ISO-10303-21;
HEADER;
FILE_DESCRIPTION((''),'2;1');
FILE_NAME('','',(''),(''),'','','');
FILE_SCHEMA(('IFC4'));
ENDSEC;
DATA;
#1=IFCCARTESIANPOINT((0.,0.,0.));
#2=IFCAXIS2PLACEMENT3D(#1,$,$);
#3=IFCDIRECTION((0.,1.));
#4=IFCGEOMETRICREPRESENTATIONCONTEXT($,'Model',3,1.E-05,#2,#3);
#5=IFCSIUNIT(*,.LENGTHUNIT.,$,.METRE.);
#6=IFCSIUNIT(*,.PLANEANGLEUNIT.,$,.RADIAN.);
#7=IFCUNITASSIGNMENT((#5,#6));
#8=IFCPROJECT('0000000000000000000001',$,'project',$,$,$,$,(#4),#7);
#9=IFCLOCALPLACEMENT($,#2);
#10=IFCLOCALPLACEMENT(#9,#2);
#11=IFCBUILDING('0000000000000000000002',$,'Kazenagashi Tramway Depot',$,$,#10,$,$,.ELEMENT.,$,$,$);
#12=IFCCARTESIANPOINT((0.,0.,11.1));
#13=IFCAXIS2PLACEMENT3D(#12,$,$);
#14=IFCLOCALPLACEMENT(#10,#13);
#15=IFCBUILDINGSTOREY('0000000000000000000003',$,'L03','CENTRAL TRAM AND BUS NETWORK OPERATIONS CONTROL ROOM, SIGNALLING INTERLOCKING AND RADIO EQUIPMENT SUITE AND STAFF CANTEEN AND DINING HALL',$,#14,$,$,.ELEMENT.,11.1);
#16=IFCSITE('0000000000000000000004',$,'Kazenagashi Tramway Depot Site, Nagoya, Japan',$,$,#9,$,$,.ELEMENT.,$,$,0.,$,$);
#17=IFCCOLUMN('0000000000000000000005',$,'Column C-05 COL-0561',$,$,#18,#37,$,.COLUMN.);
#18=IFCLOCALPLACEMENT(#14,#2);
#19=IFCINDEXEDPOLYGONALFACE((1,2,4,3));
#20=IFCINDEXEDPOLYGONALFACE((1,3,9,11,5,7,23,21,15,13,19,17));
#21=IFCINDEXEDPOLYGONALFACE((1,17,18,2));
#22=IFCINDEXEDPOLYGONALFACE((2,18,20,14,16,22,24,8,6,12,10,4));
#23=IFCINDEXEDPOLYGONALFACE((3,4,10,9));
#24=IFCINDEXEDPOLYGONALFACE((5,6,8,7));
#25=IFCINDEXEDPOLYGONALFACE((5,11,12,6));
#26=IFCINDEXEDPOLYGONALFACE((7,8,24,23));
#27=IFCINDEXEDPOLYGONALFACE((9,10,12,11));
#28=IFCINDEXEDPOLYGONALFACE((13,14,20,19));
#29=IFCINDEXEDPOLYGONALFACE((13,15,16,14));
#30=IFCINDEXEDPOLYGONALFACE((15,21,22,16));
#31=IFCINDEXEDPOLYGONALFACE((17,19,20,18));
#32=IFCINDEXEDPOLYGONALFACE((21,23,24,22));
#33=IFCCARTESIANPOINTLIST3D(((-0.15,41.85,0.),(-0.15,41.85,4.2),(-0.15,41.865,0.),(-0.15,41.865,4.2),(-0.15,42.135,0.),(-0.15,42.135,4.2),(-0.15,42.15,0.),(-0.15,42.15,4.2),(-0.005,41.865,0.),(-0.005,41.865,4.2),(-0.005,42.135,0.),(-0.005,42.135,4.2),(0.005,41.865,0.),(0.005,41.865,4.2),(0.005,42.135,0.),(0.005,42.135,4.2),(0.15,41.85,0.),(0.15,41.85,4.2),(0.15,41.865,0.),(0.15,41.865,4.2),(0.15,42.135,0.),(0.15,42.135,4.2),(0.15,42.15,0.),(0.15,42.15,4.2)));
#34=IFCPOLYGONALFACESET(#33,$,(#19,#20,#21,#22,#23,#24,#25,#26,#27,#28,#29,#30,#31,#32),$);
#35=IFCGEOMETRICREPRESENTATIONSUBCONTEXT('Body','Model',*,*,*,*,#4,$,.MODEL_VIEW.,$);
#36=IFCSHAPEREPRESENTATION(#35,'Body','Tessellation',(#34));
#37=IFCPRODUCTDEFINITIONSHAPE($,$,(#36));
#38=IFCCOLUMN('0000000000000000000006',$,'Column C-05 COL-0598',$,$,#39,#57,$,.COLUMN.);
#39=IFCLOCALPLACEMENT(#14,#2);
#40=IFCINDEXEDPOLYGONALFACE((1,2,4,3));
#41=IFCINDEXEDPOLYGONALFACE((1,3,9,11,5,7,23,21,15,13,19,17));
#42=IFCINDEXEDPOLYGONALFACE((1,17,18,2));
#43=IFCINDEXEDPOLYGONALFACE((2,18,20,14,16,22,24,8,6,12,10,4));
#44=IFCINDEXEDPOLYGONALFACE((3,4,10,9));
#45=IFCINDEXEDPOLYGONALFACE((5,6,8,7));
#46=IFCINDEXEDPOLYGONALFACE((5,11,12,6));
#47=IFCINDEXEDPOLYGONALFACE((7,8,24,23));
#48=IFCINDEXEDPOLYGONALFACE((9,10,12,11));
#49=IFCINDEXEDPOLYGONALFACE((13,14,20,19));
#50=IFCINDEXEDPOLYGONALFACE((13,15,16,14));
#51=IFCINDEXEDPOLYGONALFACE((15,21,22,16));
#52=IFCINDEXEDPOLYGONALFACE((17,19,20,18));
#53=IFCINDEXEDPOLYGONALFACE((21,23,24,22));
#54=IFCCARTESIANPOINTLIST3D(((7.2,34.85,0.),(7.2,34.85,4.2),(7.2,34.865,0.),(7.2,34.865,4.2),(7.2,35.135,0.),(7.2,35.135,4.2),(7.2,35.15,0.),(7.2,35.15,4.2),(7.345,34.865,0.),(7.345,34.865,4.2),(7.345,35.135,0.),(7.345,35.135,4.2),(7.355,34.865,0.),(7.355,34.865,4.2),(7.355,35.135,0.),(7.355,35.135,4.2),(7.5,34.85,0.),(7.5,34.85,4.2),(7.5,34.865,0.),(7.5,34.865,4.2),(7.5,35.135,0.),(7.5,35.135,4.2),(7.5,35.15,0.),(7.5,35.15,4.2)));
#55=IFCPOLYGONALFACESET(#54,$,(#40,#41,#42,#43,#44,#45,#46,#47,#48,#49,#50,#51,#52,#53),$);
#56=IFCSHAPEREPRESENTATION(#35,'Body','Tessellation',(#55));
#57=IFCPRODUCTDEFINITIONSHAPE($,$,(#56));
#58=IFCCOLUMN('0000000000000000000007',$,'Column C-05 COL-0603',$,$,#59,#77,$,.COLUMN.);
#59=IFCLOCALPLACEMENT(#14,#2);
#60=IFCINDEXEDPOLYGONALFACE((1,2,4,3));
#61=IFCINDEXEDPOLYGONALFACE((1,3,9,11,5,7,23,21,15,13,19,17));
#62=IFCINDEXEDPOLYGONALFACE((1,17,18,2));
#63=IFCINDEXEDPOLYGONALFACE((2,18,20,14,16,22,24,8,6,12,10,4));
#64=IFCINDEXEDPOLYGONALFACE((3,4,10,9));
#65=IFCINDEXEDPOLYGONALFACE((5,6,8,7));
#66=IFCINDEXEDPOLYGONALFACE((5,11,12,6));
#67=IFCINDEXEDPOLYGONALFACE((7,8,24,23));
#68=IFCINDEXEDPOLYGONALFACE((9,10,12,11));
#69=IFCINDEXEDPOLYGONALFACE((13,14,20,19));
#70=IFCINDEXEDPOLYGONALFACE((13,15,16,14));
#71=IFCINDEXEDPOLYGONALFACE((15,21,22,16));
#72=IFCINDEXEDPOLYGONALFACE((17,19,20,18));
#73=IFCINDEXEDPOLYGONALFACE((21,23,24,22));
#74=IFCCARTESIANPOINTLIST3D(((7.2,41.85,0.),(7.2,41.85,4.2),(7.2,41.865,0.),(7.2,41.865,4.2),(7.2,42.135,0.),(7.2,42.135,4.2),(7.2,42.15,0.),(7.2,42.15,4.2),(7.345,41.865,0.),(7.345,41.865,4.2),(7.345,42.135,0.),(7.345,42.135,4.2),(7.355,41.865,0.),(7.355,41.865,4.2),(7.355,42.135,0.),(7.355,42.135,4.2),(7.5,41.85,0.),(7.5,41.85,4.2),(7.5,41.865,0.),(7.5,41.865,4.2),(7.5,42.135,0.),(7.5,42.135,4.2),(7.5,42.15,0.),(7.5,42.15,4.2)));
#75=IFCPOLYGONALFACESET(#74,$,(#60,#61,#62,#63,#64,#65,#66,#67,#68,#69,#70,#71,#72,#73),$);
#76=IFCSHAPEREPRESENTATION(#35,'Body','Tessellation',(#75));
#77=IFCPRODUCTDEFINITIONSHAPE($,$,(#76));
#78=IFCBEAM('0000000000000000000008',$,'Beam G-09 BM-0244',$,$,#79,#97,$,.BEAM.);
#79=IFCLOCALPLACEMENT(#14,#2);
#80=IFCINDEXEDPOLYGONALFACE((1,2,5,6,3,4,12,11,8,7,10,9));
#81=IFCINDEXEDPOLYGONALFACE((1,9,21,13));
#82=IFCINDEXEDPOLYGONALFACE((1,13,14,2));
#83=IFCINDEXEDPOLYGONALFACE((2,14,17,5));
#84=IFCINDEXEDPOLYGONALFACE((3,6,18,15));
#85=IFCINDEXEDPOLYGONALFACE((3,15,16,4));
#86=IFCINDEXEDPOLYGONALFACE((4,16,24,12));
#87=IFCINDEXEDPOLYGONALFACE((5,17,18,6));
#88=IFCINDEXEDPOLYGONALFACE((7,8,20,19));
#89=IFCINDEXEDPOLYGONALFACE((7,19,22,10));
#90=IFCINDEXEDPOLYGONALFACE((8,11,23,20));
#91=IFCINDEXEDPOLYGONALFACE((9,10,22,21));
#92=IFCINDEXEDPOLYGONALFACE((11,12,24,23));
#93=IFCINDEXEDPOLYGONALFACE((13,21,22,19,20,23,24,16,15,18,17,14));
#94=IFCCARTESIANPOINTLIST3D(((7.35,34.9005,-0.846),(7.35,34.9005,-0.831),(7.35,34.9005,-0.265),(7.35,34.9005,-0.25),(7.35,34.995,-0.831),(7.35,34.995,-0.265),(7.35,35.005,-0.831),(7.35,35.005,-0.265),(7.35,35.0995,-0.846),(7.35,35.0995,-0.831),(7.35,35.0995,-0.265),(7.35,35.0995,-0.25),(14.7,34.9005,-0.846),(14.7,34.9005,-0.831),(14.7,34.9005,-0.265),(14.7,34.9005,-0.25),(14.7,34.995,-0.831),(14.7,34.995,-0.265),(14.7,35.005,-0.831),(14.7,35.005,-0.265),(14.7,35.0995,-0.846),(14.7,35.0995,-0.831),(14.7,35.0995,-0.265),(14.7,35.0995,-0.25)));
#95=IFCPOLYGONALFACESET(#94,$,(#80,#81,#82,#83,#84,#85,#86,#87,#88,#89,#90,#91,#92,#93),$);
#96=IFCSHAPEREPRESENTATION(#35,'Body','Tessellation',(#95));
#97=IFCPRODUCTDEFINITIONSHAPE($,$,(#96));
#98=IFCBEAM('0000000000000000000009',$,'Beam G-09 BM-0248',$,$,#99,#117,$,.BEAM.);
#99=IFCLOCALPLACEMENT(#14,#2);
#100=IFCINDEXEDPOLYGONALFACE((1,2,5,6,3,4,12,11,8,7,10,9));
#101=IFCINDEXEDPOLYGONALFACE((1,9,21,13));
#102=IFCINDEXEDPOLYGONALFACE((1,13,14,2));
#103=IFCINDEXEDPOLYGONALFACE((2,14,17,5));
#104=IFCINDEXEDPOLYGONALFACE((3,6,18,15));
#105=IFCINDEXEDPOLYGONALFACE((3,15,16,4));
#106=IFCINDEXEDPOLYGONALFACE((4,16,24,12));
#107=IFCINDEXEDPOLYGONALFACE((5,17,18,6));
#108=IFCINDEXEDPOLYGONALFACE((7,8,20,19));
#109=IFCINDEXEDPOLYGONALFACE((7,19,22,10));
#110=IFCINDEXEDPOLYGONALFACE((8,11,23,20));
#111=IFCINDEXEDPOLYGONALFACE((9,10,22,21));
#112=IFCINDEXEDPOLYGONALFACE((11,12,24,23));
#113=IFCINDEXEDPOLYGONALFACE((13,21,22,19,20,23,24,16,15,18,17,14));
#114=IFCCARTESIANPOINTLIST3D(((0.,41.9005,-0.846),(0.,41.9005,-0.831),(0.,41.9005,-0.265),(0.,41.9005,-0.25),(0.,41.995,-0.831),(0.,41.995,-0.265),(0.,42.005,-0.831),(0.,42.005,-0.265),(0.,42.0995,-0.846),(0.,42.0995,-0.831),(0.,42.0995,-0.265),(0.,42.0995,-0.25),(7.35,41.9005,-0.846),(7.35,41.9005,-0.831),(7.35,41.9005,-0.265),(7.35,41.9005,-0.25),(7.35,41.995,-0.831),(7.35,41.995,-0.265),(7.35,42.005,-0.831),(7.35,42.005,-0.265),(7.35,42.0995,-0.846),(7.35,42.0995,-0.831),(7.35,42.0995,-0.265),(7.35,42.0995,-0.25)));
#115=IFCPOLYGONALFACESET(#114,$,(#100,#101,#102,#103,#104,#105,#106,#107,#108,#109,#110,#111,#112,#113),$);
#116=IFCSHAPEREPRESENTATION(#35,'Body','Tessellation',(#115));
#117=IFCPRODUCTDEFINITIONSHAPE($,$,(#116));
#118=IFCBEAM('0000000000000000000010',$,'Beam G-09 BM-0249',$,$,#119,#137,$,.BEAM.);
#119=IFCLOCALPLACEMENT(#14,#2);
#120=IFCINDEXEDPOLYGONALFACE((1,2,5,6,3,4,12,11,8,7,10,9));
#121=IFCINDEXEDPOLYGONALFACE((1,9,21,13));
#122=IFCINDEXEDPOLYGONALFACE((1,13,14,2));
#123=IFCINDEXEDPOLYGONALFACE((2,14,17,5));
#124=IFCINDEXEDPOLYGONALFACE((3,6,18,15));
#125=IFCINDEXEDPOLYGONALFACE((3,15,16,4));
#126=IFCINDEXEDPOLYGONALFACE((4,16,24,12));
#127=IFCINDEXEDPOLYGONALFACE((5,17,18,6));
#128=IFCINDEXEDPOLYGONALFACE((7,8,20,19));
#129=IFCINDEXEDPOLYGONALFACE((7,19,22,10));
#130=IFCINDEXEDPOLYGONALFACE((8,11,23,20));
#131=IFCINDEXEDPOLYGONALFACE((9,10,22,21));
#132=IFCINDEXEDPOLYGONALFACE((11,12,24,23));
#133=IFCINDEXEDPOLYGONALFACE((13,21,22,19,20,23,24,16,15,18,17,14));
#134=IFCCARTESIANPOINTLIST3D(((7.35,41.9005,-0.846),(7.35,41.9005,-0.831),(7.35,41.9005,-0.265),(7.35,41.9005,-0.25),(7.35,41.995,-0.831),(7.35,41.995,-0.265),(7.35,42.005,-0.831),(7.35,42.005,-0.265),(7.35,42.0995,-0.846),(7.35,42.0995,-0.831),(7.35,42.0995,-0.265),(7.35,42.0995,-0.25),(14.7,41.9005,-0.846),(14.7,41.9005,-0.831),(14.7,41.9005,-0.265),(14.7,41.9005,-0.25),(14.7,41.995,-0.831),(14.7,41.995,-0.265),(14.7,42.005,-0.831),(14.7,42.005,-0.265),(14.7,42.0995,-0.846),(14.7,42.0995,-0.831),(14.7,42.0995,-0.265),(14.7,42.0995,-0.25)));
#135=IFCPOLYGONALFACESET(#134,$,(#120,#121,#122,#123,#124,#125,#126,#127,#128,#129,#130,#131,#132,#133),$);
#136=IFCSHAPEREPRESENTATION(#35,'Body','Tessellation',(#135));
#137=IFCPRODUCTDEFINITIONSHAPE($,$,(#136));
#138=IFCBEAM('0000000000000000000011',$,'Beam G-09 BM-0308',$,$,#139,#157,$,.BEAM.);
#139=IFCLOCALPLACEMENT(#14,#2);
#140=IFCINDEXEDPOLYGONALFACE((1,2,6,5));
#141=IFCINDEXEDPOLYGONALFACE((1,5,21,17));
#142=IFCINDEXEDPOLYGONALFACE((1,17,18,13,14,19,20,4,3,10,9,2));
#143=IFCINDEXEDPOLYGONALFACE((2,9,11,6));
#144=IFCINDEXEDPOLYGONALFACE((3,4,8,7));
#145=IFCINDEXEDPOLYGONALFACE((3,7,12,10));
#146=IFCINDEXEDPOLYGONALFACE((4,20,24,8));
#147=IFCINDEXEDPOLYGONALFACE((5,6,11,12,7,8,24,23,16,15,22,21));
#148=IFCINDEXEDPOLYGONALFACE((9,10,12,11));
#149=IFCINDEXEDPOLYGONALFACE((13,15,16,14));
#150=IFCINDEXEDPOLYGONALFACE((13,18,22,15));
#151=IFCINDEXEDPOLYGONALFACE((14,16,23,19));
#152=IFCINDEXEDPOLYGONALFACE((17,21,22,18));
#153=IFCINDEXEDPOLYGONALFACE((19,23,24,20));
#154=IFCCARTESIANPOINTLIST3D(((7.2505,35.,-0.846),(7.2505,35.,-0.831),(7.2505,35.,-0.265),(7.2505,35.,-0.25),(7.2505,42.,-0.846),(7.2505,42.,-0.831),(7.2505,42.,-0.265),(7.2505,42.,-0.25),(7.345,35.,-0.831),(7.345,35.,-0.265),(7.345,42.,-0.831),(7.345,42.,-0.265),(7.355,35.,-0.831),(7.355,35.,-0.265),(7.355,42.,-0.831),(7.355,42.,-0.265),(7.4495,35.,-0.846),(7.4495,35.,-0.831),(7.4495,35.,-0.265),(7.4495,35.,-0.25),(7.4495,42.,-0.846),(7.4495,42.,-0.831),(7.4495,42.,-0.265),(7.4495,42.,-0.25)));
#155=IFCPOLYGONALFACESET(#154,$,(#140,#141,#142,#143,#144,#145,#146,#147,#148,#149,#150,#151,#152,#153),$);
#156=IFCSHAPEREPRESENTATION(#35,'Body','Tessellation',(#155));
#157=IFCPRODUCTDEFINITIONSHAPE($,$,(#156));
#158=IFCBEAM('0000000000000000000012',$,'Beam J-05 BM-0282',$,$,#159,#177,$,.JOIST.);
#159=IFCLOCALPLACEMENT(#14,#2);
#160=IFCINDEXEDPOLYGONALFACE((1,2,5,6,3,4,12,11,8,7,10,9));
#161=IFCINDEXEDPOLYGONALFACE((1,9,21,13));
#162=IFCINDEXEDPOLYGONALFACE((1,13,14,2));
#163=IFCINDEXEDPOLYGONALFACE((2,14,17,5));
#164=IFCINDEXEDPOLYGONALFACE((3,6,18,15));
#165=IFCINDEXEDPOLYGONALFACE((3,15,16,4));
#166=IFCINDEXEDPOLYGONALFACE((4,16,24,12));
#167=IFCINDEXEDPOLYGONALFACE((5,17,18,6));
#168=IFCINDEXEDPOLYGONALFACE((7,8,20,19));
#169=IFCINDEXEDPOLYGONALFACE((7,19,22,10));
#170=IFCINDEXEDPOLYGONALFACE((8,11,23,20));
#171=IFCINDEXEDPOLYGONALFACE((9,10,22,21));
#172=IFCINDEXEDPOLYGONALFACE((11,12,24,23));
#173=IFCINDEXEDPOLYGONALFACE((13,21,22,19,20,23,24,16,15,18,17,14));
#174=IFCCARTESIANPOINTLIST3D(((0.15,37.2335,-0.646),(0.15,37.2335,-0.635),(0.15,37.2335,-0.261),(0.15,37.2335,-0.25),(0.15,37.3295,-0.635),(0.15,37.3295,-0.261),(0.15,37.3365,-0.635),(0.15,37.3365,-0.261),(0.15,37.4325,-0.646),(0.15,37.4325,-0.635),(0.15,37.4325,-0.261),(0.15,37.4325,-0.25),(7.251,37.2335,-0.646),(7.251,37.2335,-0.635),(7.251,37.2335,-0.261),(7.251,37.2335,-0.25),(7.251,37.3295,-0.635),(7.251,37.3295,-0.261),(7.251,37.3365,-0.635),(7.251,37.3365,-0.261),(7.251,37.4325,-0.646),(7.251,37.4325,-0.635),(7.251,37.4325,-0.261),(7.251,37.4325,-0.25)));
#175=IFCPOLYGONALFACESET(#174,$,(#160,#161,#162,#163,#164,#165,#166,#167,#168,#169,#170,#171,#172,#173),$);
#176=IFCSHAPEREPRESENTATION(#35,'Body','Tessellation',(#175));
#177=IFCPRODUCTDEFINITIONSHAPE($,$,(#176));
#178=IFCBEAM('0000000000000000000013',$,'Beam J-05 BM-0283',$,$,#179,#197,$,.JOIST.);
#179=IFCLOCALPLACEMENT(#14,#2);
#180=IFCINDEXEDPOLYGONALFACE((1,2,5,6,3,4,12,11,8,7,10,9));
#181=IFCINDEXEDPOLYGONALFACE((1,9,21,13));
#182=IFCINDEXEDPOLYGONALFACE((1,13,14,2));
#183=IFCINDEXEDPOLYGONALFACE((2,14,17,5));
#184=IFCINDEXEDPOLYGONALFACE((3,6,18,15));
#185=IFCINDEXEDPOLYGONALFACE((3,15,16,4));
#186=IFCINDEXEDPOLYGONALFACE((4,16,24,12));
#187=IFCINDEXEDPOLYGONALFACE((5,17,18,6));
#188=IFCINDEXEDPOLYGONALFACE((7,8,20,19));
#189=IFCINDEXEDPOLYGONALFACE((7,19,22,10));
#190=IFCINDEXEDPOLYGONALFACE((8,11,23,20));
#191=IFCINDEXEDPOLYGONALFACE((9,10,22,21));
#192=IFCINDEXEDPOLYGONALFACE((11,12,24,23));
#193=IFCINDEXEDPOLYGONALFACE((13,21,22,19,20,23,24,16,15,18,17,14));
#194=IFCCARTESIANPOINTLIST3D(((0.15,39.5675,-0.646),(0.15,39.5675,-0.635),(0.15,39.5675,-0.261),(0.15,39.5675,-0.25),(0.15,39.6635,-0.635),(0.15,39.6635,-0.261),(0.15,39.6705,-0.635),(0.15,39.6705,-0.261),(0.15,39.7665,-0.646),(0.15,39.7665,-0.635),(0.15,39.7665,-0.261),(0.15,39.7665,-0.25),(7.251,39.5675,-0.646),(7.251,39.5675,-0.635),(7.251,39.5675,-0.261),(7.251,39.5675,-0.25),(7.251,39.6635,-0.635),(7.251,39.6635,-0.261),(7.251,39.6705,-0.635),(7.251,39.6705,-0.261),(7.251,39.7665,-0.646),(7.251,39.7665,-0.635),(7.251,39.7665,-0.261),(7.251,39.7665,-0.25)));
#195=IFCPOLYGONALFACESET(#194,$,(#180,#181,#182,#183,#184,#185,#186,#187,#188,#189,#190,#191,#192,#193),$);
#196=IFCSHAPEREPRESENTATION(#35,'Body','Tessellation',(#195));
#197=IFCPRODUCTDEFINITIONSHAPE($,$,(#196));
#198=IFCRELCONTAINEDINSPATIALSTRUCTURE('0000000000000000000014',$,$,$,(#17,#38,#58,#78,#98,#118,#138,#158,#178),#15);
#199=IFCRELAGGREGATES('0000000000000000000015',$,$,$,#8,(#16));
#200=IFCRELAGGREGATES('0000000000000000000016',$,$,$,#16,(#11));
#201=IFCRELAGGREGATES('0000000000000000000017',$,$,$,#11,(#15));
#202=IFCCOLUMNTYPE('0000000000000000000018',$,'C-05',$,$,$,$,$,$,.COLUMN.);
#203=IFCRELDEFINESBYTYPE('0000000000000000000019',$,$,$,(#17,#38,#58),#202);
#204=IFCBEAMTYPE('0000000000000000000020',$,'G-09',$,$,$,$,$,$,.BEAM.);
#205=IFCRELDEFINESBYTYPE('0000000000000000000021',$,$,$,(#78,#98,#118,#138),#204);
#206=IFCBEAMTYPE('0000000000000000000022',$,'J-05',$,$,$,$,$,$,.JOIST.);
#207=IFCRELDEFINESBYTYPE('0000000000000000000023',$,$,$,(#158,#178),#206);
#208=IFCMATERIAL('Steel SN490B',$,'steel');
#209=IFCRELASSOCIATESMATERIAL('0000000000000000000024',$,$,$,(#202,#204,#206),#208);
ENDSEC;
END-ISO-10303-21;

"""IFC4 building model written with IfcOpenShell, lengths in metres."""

from ifc_helpers import new_model, si_unit, direction, frame, origin, origin_2d, place, context, subcontext, project, spatial, i_section, extrude, material, material_profile, profile_set, type_object, element, save


model = new_model("IFC4")

# Units and contexts
model_context = context("Model", 3, precision=1e-05, world=origin(), true_north=direction((0.0, 1.0)))
body_context = subcontext(model_context, "Body", "Model", "MODEL_VIEW")
ifc_project = project(units=[si_unit("LENGTHUNIT", "METRE"), si_unit("PLANEANGLEUNIT", "RADIAN")], contexts=[model_context])

# Site, building, storey
site_placement = place(None, origin())
site = spatial("IfcSite", under=ifc_project, at=site_placement, Name="Kazenagashi Tramway Depot Site, Nagoya, Japan", CompositionType="ELEMENT", RefElevation=0.0)
building_placement = place(site_placement, origin())
building = spatial("IfcBuilding", under=site, at=building_placement, Name="Kazenagashi Tramway Depot", CompositionType="ELEMENT")
storey_placement = place(building_placement, frame((0.0, 0.0, 11.1)))
storey = spatial("IfcBuildingStorey", under=building, at=storey_placement, Name="L03", Description="CENTRAL TRAM AND BUS NETWORK OPERATIONS CONTROL ROOM, SIGNALLING INTERLOCKING AND RADIO EQUIPMENT SUITE AND STAFF CANTEEN AND DINING HALL", CompositionType="ELEMENT", Elevation=11.1)

# Columns
ifc_material_1 = material(Name="Steel SN490B", Category="steel")
ifc_material_profile_1 = material_profile(ifc_material_1, i_section(OverallWidth=0.3, OverallDepth=0.3, WebThickness=0.01, FlangeThickness=0.015, at=origin_2d()), Name="H-300x300x10x15")
ifc_profile_set_1 = profile_set([ifc_material_profile_1], Name="Steel SN490B")
column_type = type_object("IfcColumnType", Name="C-05", PredefinedType="COLUMN", material=ifc_profile_set_1)
for number, where, z_axis, x_axis, name in (
    (1, (0.0, 42.0, 0.0), (0.0, 0.0, 1.0), (1.0, 0.0, 0.0), "Column C-05 COL-0561"),
    (2, (7.35, 35.0, 0.0), (0.0, 0.0, 1.0), (1.0, 0.0, 0.0), "Column C-05 COL-0598"),
    (3, (7.35, 42.0, 0.0), (0.0, 0.0, 1.0), (1.0, 0.0, 0.0), "Column C-05 COL-0603"),
):
    element("IfcColumn", number, at=place(storey_placement, frame(where, z_axis=z_axis, x_axis=x_axis)), inside=storey, type_object=column_type, Name=name, PredefinedType="COLUMN", context=body_context, shape_type="SweptSolid", body=[
        extrude(i_section(OverallWidth=0.3, OverallDepth=0.3, WebThickness=0.01, FlangeThickness=0.015, at=origin_2d()), origin(), (0.0, 0.0, 1.0), 4.2),
    ])

# Beams
ifc_material_profile_2 = material_profile(ifc_material_1, i_section(OverallWidth=0.199, OverallDepth=0.596, WebThickness=0.01, FlangeThickness=0.015, at=origin_2d()), Name="H-596x199x10x15")
ifc_profile_set_2 = profile_set([ifc_material_profile_2], Name="Steel SN490B")
beam_type_1 = type_object("IfcBeamType", Name="G-09", PredefinedType="BEAM", material=ifc_profile_set_2)
for number, where, z_axis, x_axis, name in (
    (4, (7.35, 35.0, -0.548), (1.0, 0.0, 0.0), (0.0, 1.0, 0.0), "Beam G-09 BM-0244"),
    (5, (0.0, 42.0, -0.548), (1.0, 0.0, 0.0), (0.0, 1.0, 0.0), "Beam G-09 BM-0248"),
    (6, (7.35, 42.0, -0.548), (1.0, 0.0, 0.0), (0.0, 1.0, 0.0), "Beam G-09 BM-0249"),
):
    element("IfcBeam", number, at=place(storey_placement, frame(where, z_axis=z_axis, x_axis=x_axis)), inside=storey, type_object=beam_type_1, Name=name, PredefinedType="BEAM", context=body_context, shape_type="SweptSolid", body=[
        extrude(i_section(OverallWidth=0.199, OverallDepth=0.596, WebThickness=0.01, FlangeThickness=0.015, at=origin_2d()), origin(), (0.0, 0.0, 1.0), 7.35),
    ])
beam_placement = place(storey_placement, frame((7.35, 35.0, -0.548), z_axis=(0.0, 1.0, 0.0), x_axis=(-1.0, 0.0, 0.0)))
element("IfcBeam", 7, at=beam_placement, inside=storey, type_object=beam_type_1, Name="Beam G-09 BM-0308", PredefinedType="BEAM", context=body_context, shape_type="SweptSolid", body=[
    extrude(i_section(OverallWidth=0.199, OverallDepth=0.596, WebThickness=0.01, FlangeThickness=0.015, at=origin_2d()), origin(), (0.0, 0.0, 1.0), 7.0),
])
ifc_material_profile_3 = material_profile(ifc_material_1, i_section(OverallWidth=0.199, OverallDepth=0.396, WebThickness=0.007, FlangeThickness=0.011, at=origin_2d()), Name="H-396x199x7x11")
ifc_profile_set_3 = profile_set([ifc_material_profile_3], Name="Steel SN490B")
beam_type_2 = type_object("IfcBeamType", Name="J-05", PredefinedType="JOIST", material=ifc_profile_set_3)
for number, where, z_axis, x_axis, name in (
    (8, (0.15, 37.333, -0.448), (1.0, 0.0, 0.0), (0.0, 1.0, 0.0), "Beam J-05 BM-0282"),
    (9, (0.15, 39.667, -0.448), (1.0, 0.0, 0.0), (0.0, 1.0, 0.0), "Beam J-05 BM-0283"),
):
    element("IfcBeam", number, at=place(storey_placement, frame(where, z_axis=z_axis, x_axis=x_axis)), inside=storey, type_object=beam_type_2, Name=name, PredefinedType="JOIST", context=body_context, shape_type="SweptSolid", body=[
        extrude(i_section(OverallWidth=0.199, OverallDepth=0.396, WebThickness=0.007, FlangeThickness=0.011, at=origin_2d()), origin(), (0.0, 0.0, 1.0), 7.101),
    ])

save(model, "model.ifc")
